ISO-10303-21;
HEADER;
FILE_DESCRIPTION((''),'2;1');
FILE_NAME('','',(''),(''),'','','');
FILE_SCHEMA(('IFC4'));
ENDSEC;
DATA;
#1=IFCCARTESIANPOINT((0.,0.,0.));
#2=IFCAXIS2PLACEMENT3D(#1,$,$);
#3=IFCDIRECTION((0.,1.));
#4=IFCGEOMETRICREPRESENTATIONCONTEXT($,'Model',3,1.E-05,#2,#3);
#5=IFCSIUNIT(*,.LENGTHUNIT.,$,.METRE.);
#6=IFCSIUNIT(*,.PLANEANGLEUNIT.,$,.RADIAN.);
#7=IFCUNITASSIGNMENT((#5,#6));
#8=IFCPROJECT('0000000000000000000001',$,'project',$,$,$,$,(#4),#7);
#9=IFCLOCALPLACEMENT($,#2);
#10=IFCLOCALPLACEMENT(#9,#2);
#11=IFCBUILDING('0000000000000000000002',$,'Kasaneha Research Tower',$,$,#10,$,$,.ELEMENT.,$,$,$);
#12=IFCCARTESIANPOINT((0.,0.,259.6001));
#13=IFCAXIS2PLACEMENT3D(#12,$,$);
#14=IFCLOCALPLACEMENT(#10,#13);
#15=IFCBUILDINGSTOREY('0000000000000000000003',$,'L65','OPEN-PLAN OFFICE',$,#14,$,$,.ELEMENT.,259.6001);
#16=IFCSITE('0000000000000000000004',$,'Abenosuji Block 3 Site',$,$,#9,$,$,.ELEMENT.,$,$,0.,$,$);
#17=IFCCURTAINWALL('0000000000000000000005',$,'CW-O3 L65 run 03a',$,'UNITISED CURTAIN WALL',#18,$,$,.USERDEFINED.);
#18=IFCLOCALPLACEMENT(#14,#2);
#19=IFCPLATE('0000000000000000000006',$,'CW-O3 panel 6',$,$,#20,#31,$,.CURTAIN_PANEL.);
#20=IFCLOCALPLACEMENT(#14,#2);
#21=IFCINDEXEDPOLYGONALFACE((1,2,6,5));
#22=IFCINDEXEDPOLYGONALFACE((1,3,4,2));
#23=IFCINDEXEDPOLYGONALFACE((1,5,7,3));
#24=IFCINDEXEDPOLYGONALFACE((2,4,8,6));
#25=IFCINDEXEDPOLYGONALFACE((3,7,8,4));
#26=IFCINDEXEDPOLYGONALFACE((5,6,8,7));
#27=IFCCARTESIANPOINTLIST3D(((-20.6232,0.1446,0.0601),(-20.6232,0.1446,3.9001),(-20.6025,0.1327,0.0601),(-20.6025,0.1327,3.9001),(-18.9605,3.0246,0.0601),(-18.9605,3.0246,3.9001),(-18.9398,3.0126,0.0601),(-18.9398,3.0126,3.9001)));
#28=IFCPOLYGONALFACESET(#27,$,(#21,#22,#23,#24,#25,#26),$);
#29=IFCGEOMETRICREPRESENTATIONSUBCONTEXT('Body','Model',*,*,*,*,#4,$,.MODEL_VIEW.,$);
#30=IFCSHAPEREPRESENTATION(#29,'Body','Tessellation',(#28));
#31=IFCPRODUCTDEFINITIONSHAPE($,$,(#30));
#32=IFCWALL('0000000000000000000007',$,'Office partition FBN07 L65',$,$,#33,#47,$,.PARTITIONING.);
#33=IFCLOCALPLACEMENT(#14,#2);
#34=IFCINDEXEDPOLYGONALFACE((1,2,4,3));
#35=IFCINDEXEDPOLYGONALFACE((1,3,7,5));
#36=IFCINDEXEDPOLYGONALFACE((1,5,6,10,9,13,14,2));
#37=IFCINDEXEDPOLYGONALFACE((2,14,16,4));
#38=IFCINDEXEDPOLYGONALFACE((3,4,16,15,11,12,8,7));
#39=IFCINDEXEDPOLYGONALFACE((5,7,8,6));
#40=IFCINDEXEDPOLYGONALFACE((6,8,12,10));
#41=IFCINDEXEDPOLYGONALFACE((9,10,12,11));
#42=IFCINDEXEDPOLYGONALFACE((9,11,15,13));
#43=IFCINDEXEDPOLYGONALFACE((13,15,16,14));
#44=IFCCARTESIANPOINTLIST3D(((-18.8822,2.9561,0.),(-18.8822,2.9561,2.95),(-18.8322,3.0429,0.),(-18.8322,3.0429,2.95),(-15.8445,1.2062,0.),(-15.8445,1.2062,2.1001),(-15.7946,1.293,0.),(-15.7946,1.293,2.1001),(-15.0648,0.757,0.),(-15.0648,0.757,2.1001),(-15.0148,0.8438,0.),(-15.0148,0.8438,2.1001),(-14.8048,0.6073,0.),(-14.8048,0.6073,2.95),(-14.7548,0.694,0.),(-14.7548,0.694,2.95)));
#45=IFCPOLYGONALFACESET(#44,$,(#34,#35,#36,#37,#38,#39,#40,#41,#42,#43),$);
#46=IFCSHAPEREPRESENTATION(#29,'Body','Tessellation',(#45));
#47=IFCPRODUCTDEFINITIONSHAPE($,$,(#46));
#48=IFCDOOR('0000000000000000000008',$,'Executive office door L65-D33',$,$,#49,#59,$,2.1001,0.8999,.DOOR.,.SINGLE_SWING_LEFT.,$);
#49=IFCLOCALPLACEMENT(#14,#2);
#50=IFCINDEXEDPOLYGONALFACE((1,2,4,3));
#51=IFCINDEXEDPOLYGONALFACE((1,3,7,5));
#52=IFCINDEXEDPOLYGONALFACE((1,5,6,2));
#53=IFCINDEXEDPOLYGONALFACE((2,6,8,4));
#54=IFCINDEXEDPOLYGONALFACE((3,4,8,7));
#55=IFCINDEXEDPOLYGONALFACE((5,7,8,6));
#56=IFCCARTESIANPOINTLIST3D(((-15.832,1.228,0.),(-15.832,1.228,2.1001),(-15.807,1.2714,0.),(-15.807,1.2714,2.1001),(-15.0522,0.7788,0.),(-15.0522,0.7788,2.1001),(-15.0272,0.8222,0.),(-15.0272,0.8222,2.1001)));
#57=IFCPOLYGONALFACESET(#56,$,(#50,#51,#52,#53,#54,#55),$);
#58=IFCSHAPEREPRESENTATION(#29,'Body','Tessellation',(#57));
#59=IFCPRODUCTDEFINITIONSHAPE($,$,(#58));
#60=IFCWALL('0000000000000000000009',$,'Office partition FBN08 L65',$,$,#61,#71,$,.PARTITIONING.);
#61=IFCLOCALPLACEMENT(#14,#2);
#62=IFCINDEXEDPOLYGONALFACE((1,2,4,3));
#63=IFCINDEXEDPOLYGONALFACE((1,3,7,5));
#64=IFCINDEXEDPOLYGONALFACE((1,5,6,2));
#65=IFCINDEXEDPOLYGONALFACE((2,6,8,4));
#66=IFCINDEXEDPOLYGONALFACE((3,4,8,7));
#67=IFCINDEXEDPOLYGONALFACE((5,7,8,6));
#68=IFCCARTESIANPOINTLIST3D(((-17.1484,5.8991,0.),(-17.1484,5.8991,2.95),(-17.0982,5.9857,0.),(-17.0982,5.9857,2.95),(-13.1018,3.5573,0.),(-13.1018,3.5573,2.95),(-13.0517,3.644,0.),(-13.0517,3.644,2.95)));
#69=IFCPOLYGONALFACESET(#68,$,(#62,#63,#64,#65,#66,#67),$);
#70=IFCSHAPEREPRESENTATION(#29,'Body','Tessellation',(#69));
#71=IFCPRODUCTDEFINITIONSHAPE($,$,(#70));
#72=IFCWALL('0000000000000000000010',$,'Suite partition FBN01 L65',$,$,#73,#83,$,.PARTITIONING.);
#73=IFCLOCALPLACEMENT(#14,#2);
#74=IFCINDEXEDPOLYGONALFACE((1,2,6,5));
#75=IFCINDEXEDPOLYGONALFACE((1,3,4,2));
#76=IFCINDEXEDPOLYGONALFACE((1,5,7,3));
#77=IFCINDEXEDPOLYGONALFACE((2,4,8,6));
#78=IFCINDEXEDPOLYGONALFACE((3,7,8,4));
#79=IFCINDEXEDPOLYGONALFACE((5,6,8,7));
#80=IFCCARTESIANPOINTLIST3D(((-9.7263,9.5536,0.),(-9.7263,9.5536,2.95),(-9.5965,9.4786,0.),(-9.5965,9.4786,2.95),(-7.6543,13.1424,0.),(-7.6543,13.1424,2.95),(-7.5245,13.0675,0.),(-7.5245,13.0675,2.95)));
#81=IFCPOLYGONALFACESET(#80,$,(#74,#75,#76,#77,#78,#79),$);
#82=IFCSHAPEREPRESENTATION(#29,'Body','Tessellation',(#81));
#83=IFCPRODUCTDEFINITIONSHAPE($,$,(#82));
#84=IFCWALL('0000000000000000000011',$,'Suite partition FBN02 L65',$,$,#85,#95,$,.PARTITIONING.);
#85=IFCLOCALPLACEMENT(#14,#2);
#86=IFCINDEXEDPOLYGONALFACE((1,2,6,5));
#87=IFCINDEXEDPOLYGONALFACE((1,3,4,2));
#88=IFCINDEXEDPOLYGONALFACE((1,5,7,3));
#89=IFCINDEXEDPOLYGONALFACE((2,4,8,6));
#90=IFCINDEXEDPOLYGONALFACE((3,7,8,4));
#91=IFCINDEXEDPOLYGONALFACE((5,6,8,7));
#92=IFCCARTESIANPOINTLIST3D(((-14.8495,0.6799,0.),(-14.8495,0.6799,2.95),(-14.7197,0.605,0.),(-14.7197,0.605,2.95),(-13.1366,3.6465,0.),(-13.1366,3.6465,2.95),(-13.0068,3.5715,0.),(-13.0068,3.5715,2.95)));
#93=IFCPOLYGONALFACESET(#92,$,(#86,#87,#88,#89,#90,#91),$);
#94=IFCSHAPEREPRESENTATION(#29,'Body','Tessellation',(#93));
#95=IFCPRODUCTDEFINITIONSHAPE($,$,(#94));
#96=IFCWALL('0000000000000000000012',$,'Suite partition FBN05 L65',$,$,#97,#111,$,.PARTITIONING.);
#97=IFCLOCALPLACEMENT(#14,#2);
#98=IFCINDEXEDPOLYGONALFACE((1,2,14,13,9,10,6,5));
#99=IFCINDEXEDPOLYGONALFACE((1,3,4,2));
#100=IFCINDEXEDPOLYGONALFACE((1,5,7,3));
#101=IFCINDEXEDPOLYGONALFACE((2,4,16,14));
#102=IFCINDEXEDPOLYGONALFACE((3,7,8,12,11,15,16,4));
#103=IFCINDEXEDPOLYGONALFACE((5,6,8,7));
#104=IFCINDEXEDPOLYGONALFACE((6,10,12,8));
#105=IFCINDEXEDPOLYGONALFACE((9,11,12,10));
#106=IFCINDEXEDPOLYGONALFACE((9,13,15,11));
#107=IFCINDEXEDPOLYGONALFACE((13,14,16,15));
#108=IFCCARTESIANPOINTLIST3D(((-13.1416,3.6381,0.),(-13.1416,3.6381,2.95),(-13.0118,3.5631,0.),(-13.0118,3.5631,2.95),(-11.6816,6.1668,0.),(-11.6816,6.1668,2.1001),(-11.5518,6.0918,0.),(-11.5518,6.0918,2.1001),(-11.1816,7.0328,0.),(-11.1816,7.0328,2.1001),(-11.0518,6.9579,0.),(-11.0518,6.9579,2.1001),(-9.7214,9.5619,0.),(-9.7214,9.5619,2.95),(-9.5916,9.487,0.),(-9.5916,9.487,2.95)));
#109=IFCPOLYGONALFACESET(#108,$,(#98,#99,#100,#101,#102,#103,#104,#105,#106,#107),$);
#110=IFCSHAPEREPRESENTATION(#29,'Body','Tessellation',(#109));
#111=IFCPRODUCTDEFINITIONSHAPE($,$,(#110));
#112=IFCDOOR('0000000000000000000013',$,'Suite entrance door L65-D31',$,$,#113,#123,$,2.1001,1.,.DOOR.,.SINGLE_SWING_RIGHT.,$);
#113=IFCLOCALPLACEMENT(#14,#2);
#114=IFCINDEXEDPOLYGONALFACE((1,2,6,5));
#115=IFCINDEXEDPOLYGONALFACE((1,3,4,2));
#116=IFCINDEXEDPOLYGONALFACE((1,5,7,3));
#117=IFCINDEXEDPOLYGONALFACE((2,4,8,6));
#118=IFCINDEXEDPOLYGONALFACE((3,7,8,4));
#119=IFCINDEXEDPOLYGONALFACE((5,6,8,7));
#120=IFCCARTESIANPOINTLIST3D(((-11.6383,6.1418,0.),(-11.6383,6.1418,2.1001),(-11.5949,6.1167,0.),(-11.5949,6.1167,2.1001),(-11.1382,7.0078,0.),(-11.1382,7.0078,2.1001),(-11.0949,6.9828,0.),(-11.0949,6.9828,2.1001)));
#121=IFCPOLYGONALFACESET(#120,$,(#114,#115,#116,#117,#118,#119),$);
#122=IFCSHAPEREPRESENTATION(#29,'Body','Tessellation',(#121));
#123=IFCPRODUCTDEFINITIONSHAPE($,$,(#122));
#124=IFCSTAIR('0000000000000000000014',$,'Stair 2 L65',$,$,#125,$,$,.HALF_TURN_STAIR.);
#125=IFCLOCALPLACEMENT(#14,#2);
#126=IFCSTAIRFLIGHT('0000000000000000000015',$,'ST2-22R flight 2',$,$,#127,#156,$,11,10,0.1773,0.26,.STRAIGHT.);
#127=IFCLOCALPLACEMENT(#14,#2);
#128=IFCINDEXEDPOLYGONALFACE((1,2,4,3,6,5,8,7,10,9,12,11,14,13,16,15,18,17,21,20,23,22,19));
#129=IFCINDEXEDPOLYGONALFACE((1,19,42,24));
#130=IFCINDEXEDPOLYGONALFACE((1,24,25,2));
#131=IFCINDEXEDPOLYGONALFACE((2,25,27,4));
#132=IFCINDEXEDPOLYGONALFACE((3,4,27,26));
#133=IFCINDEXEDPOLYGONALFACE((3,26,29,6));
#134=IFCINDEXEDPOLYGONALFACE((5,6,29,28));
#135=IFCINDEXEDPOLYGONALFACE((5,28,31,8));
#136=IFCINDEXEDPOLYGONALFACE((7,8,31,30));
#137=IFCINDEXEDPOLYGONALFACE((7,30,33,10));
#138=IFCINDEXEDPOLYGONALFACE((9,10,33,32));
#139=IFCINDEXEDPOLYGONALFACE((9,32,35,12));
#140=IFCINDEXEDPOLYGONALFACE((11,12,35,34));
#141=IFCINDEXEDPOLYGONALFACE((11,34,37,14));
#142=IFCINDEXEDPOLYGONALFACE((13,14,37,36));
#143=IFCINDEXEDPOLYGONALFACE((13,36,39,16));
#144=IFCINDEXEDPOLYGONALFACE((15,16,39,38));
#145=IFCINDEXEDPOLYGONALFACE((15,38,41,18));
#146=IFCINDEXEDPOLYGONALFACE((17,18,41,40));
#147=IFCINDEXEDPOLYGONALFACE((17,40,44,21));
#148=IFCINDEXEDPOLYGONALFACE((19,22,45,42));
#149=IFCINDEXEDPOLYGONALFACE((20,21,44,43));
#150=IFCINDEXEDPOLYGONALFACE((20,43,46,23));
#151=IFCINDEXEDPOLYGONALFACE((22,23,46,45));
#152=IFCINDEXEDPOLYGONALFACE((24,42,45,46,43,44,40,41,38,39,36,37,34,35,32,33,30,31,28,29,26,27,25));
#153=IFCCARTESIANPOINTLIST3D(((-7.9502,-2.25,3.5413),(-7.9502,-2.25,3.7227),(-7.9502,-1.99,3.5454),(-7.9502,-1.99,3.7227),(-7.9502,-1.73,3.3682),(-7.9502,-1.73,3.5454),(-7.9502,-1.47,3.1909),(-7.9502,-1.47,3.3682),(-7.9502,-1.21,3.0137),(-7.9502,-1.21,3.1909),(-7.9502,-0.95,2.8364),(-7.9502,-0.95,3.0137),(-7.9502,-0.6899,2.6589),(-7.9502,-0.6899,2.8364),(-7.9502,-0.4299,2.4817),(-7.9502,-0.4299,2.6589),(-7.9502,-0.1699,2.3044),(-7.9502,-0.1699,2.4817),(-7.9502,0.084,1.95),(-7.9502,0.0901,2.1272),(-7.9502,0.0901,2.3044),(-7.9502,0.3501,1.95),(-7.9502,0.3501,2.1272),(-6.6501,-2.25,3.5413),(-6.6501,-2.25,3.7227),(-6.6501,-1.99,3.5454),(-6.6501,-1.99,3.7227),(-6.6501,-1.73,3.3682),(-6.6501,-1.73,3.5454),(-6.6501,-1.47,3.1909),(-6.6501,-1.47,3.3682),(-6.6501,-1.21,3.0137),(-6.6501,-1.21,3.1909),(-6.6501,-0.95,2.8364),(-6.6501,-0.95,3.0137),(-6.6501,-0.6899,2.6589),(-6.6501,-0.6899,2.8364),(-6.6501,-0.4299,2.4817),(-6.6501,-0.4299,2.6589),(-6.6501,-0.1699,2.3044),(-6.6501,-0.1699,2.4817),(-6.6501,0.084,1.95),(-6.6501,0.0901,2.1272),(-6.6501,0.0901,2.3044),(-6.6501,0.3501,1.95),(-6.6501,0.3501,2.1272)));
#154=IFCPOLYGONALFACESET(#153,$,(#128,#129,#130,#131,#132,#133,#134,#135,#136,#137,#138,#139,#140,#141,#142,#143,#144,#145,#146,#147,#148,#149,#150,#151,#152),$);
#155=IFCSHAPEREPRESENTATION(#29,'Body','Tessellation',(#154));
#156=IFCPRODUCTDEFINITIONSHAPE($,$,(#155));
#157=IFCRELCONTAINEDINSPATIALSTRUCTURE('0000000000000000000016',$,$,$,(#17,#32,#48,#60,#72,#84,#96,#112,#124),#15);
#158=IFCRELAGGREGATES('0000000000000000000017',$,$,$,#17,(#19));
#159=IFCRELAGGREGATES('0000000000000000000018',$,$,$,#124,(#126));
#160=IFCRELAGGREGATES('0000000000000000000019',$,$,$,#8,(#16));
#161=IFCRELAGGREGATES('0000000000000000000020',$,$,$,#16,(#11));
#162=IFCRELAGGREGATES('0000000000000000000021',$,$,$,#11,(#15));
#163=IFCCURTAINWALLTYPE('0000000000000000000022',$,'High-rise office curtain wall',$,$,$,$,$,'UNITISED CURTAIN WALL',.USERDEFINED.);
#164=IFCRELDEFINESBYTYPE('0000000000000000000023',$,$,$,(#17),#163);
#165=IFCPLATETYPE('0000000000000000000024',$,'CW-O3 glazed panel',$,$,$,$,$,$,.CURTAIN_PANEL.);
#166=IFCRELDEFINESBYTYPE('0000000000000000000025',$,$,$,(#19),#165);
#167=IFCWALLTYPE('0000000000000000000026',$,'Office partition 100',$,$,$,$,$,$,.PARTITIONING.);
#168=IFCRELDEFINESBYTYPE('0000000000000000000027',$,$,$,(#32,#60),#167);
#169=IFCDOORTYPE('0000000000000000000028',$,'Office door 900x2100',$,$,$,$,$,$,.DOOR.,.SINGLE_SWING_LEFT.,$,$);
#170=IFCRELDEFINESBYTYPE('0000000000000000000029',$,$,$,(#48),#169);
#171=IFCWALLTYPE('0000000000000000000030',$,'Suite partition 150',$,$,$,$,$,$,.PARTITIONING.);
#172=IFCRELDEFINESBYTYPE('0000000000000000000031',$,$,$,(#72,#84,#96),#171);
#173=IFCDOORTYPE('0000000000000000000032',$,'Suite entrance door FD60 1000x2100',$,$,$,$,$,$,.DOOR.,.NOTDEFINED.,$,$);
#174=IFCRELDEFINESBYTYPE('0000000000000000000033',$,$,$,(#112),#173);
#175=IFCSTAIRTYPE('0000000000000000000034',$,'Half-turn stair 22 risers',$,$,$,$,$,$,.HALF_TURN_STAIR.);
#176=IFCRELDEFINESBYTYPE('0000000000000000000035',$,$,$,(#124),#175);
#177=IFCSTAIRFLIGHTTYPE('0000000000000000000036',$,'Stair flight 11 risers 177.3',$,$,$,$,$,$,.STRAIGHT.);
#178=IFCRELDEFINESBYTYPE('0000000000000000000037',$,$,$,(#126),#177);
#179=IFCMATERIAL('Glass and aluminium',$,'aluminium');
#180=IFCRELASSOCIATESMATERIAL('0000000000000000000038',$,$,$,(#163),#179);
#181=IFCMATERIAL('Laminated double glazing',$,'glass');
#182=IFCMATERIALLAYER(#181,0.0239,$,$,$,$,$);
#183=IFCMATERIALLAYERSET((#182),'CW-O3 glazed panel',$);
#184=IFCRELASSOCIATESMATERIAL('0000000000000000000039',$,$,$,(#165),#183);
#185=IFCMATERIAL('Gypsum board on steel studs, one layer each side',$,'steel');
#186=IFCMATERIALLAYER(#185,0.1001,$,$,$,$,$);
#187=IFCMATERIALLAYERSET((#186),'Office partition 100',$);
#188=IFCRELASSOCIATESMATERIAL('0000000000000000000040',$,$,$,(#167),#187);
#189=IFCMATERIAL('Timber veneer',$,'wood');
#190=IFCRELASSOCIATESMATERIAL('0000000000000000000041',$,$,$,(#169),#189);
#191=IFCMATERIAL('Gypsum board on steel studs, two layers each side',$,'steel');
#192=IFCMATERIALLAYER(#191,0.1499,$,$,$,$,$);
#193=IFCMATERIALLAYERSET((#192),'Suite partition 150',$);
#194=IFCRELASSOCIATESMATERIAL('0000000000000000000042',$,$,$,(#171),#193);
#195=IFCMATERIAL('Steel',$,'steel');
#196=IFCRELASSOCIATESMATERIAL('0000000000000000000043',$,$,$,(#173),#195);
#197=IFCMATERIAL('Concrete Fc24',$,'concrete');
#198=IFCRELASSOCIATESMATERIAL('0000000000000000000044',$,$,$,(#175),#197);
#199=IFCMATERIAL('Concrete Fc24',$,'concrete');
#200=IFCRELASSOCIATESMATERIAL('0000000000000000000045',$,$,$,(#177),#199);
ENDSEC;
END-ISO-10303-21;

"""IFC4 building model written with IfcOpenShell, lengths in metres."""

from ifc_helpers import new_model, si_unit, direction, frame, frame_2d, origin, origin_2d, place, context, subcontext, project, spatial, polyline, rectangle, outline, extrude, material, layer, layer_set, type_object, element, fill, aggregate, save


model = new_model("IFC4")

# Units and contexts
model_context = context("Model", 3, precision=1e-05, world=origin(), true_north=direction((0.0, 1.0)))
body_context = subcontext(model_context, "Body", "Model", "MODEL_VIEW")
ifc_project = project(units=[si_unit("LENGTHUNIT", "METRE"), si_unit("PLANEANGLEUNIT", "RADIAN")], contexts=[model_context])

# Site, building, storey
site_placement = place(None, origin())
site = spatial("IfcSite", under=ifc_project, at=site_placement, Name="Abenosuji Block 3 Site", CompositionType="ELEMENT", RefElevation=0.0)
building_placement = place(site_placement, origin())
building = spatial("IfcBuilding", under=site, at=building_placement, Name="Kasaneha Research Tower", CompositionType="ELEMENT")
storey_placement = place(building_placement, frame((0.0, 0.0, 259.6001)))
storey = spatial("IfcBuildingStorey", under=building, at=storey_placement, Name="L65", Description="OPEN-PLAN OFFICE", CompositionType="ELEMENT", Elevation=259.6001)

# Curtain wall
ifc_material_1 = material(Name="Glass and aluminium", Category="aluminium")
curtain_wall_type = type_object("IfcCurtainWallType", Name="High-rise office curtain wall", ElementType="UNITISED CURTAIN WALL", PredefinedType="USERDEFINED", material=ifc_material_1)
curtain_wall_placement = place(storey_placement, origin())
curtain_wall = element("IfcCurtainWall", 1, at=curtain_wall_placement, inside=storey, type_object=curtain_wall_type, Name="CW-O3 L65 run 03a", ObjectType="UNITISED CURTAIN WALL", PredefinedType="USERDEFINED")

# Plate
ifc_material_2 = material(Name="Laminated double glazing", Category="glass")
ifc_layer_1 = layer(ifc_material_2, 0.0239)
ifc_layer_set_1 = layer_set([ifc_layer_1], Name="CW-O3 glazed panel")
plate_type = type_object("IfcPlateType", Name="CW-O3 glazed panel", PredefinedType="CURTAIN_PANEL", material=ifc_layer_set_1)
plate_1_placement = place(storey_placement, frame((-19.7815, 1.5786, 0.0601), z_axis=(0.0, 0.0, 1.0), x_axis=(-0.5, -0.866025, 0.0)))
plate_1 = element("IfcPlate", 2, at=plate_1_placement, type_object=plate_type, Name="CW-O3 panel 6", PredefinedType="CURTAIN_PANEL", context=body_context, shape_type="SweptSolid", body=[
    extrude(rectangle(XDim=3.3254, YDim=0.0239, at=origin_2d()), origin(), (0.0, 0.0, 1.0), 3.8401),
])
aggregate(curtain_wall, [plate_1])

# Wall, opening, door
ifc_material_3 = material(Name="Gypsum board on steel studs, one layer each side", Category="steel")
ifc_layer_2 = layer(ifc_material_3, 0.1001)
ifc_layer_set_2 = layer_set([ifc_layer_2], Name="Office partition 100")
wall_type_1 = type_object("IfcWallType", Name="Office partition 100", PredefinedType="PARTITIONING", material=ifc_layer_set_2)
wall_1_placement = place(storey_placement, frame((-14.7798, 0.6506, 0.0), z_axis=(0.0, 0.0, 1.0), x_axis=(-0.866504, 0.49917, 0.0)))
wall_1 = element("IfcWall", 3, at=wall_1_placement, inside=storey, type_object=wall_type_1, Name="Office partition FBN07 L65", PredefinedType="PARTITIONING", context=body_context, shape_type="SweptSolid", body=[
    extrude(rectangle(XDim=4.7056, YDim=0.1001, at=frame_2d((2.3528, 0.0))), origin(), (0.0, 0.0, 1.0), 2.95),
])
opening_1_placement = place(wall_1_placement, frame((0.3, 0.0, 0.0)))
opening_1 = element("IfcOpeningElement", 4, at=opening_1_placement, cuts=wall_1, PredefinedType="OPENING", context=body_context, shape_type="SweptSolid", body=[
    extrude(rectangle(XDim=0.8999, YDim=2.1001, at=frame_2d((0.45, 1.05))), frame((0.0, 0.0601, 0.0), z_axis=(0.0, -1.0, 0.0), x_axis=(1.0, 0.0, 0.0)), (0.0, 0.0, 1.0), 0.1201),
])
ifc_material_4 = material(Name="Timber veneer", Category="wood")
door_type_1 = type_object("IfcDoorType", Name="Office door 900x2100", OperationType="SINGLE_SWING_LEFT", PredefinedType="DOOR", material=ifc_material_4)
door_1_placement = place(opening_1_placement, origin())
door_1 = element("IfcDoor", 5, at=door_1_placement, inside=storey, type_object=door_type_1, Name="Executive office door L65-D33", OperationType="SINGLE_SWING_LEFT", OverallHeight=2.1001, OverallWidth=0.8999, PredefinedType="DOOR", context=body_context, shape_type="SweptSolid", body=[
    extrude(rectangle(XDim=0.8999, YDim=2.1001, at=frame_2d((0.45, 1.05))), frame((0.0, 0.0249, 0.0), z_axis=(0.0, -1.0, 0.0), x_axis=(1.0, 0.0, 0.0)), (0.0, 0.0, 1.0), 0.05),
])
fill(opening_1, door_1)

# Walls
wall_2_placement = place(storey_placement, frame((-17.1233, 5.9424, 0.0), z_axis=(0.0, 0.0, 1.0), x_axis=(0.865518, -0.500878, 0.0)))
element("IfcWall", 6, at=wall_2_placement, inside=storey, type_object=wall_type_1, Name="Office partition FBN08 L65", PredefinedType="PARTITIONING", context=body_context, shape_type="SweptSolid", body=[
    extrude(rectangle(XDim=4.6753, YDim=0.1001, at=frame_2d((2.3376, 0.0))), origin(), (0.0, 0.0, 1.0), 2.95),
])
ifc_material_5 = material(Name="Gypsum board on steel studs, two layers each side", Category="steel")
ifc_layer_3 = layer(ifc_material_5, 0.1499)
ifc_layer_set_3 = layer_set([ifc_layer_3], Name="Suite partition 150")
wall_type_2 = type_object("IfcWallType", Name="Suite partition 150", PredefinedType="PARTITIONING", material=ifc_layer_set_3)
wall_3_placement = place(storey_placement, frame((-9.6614, 9.5161, 0.0), z_axis=(0.0, 0.0, 1.0), x_axis=(0.499998, 0.866027, 0.0)))
element("IfcWall", 7, at=wall_3_placement, inside=storey, type_object=wall_type_2, Name="Suite partition FBN01 L65", PredefinedType="PARTITIONING", context=body_context, shape_type="SweptSolid", body=[
    extrude(rectangle(XDim=4.144, YDim=0.1499, at=frame_2d((2.072, 0.0))), origin(), (0.0, 0.0, 1.0), 2.95),
])
wall_4_placement = place(storey_placement, frame((-14.7847, 0.6423, 0.0), z_axis=(0.0, 0.0, 1.0), x_axis=(0.500033, 0.866006, 0.0)))
element("IfcWall", 8, at=wall_4_placement, inside=storey, type_object=wall_type_2, Name="Suite partition FBN02 L65", PredefinedType="PARTITIONING", context=body_context, shape_type="SweptSolid", body=[
    extrude(rectangle(XDim=3.4255, YDim=0.1499, at=frame_2d((1.7129, 0.0))), origin(), (0.0, 0.0, 1.0), 2.95),
])

# Wall, opening, door
wall_5_placement = place(storey_placement, frame((-13.0767, 3.6006, 0.0), z_axis=(0.0, 0.0, 1.0), x_axis=(0.500005, 0.866023, 0.0)))
wall_5 = element("IfcWall", 9, at=wall_5_placement, inside=storey, type_object=wall_type_2, Name="Suite partition FBN05 L65", PredefinedType="PARTITIONING", context=body_context, shape_type="SweptSolid", body=[
    extrude(rectangle(XDim=6.8403, YDim=0.1499, at=frame_2d((3.4202, 0.0))), origin(), (0.0, 0.0, 1.0), 2.95),
])
opening_2_placement = place(wall_5_placement, frame((2.9199, 0.0, 0.0)))
opening_2 = element("IfcOpeningElement", 10, at=opening_2_placement, cuts=wall_5, PredefinedType="OPENING", context=body_context, shape_type="SweptSolid", body=[
    extrude(rectangle(XDim=1.0, YDim=2.1001, at=frame_2d((0.5, 1.05))), frame((0.0, 0.085, 0.0), z_axis=(0.0, -1.0, 0.0), x_axis=(1.0, 0.0, 0.0)), (0.0, 0.0, 1.0), 0.1699),
])
ifc_material_6 = material(Name="Steel", Category="steel")
door_type_2 = type_object("IfcDoorType", Name="Suite entrance door FD60 1000x2100", OperationType="NOTDEFINED", PredefinedType="DOOR", material=ifc_material_6)
door_2_placement = place(opening_2_placement, origin())
door_2 = element("IfcDoor", 11, at=door_2_placement, inside=storey, type_object=door_type_2, Name="Suite entrance door L65-D31", OperationType="SINGLE_SWING_RIGHT", OverallHeight=2.1001, OverallWidth=1.0, PredefinedType="DOOR", context=body_context, shape_type="SweptSolid", body=[
    extrude(rectangle(XDim=1.0, YDim=2.1001, at=frame_2d((0.5, 1.05))), frame((0.0, 0.0249, 0.0), z_axis=(0.0, -1.0, 0.0), x_axis=(1.0, 0.0, 0.0)), (0.0, 0.0, 1.0), 0.05),
])
fill(opening_2, door_2)

# Stair, stair flight
ifc_material_7 = material(Name="Concrete Fc24", Category="concrete")
stair_type = type_object("IfcStairType", Name="Half-turn stair 22 risers", PredefinedType="HALF_TURN_STAIR", material=ifc_material_7)
stair_placement = place(storey_placement, origin())
stair = element("IfcStair", 12, at=stair_placement, inside=storey, type_object=stair_type, Name="Stair 2 L65", PredefinedType="HALF_TURN_STAIR")
ifc_material_8 = material(Name="Concrete Fc24", Category="concrete")
stair_flight_type = type_object("IfcStairFlightType", Name="Stair flight 11 risers 177.3", PredefinedType="STRAIGHT", material=ifc_material_8)
stair_flight_placement = place(storey_placement, frame((-7.3, 0.3501, 1.95), z_axis=(0.0, 0.0, 1.0), x_axis=(0.0, -1.0, 0.0)))
stair_flight = element("IfcStairFlight", 13, at=stair_flight_placement, type_object=stair_flight_type, Name="ST2-22R flight 2", NumberOfRisers=11, NumberOfTreads=10, PredefinedType="STRAIGHT", RiserHeight=0.1773, TreadLength=0.26, context=body_context, shape_type="SweptSolid", body=[
    extrude(outline(polyline([(0.0, 0.0), (0.0, 0.1772), (0.26, 0.1772), (0.26, 0.3545), (0.52, 0.3545), (0.52, 0.5317), (0.78, 0.5317), (0.78, 0.709), (1.04, 0.709), (1.04, 0.8865), (1.3, 0.8865), (1.3, 1.0637), (1.5601, 1.0637), (1.5601, 1.241), (1.8201, 1.241), (1.8201, 1.4182), (2.0801, 1.4182), (2.0801, 1.5955), (2.3401, 1.5955), (2.3401, 1.7727), (2.6001, 1.7727), (2.6001, 1.95), (2.6001, 1.5913), (0.2661, 0.0), (0.0, 0.0)])), frame((0.0, 0.6499, 0.0), z_axis=(0.0, -1.0, 0.0), x_axis=(1.0, 0.0, 0.0)), (0.0, 0.0, 1.0), 1.3),
])
aggregate(stair, [stair_flight])

save(model, "model.ifc")
